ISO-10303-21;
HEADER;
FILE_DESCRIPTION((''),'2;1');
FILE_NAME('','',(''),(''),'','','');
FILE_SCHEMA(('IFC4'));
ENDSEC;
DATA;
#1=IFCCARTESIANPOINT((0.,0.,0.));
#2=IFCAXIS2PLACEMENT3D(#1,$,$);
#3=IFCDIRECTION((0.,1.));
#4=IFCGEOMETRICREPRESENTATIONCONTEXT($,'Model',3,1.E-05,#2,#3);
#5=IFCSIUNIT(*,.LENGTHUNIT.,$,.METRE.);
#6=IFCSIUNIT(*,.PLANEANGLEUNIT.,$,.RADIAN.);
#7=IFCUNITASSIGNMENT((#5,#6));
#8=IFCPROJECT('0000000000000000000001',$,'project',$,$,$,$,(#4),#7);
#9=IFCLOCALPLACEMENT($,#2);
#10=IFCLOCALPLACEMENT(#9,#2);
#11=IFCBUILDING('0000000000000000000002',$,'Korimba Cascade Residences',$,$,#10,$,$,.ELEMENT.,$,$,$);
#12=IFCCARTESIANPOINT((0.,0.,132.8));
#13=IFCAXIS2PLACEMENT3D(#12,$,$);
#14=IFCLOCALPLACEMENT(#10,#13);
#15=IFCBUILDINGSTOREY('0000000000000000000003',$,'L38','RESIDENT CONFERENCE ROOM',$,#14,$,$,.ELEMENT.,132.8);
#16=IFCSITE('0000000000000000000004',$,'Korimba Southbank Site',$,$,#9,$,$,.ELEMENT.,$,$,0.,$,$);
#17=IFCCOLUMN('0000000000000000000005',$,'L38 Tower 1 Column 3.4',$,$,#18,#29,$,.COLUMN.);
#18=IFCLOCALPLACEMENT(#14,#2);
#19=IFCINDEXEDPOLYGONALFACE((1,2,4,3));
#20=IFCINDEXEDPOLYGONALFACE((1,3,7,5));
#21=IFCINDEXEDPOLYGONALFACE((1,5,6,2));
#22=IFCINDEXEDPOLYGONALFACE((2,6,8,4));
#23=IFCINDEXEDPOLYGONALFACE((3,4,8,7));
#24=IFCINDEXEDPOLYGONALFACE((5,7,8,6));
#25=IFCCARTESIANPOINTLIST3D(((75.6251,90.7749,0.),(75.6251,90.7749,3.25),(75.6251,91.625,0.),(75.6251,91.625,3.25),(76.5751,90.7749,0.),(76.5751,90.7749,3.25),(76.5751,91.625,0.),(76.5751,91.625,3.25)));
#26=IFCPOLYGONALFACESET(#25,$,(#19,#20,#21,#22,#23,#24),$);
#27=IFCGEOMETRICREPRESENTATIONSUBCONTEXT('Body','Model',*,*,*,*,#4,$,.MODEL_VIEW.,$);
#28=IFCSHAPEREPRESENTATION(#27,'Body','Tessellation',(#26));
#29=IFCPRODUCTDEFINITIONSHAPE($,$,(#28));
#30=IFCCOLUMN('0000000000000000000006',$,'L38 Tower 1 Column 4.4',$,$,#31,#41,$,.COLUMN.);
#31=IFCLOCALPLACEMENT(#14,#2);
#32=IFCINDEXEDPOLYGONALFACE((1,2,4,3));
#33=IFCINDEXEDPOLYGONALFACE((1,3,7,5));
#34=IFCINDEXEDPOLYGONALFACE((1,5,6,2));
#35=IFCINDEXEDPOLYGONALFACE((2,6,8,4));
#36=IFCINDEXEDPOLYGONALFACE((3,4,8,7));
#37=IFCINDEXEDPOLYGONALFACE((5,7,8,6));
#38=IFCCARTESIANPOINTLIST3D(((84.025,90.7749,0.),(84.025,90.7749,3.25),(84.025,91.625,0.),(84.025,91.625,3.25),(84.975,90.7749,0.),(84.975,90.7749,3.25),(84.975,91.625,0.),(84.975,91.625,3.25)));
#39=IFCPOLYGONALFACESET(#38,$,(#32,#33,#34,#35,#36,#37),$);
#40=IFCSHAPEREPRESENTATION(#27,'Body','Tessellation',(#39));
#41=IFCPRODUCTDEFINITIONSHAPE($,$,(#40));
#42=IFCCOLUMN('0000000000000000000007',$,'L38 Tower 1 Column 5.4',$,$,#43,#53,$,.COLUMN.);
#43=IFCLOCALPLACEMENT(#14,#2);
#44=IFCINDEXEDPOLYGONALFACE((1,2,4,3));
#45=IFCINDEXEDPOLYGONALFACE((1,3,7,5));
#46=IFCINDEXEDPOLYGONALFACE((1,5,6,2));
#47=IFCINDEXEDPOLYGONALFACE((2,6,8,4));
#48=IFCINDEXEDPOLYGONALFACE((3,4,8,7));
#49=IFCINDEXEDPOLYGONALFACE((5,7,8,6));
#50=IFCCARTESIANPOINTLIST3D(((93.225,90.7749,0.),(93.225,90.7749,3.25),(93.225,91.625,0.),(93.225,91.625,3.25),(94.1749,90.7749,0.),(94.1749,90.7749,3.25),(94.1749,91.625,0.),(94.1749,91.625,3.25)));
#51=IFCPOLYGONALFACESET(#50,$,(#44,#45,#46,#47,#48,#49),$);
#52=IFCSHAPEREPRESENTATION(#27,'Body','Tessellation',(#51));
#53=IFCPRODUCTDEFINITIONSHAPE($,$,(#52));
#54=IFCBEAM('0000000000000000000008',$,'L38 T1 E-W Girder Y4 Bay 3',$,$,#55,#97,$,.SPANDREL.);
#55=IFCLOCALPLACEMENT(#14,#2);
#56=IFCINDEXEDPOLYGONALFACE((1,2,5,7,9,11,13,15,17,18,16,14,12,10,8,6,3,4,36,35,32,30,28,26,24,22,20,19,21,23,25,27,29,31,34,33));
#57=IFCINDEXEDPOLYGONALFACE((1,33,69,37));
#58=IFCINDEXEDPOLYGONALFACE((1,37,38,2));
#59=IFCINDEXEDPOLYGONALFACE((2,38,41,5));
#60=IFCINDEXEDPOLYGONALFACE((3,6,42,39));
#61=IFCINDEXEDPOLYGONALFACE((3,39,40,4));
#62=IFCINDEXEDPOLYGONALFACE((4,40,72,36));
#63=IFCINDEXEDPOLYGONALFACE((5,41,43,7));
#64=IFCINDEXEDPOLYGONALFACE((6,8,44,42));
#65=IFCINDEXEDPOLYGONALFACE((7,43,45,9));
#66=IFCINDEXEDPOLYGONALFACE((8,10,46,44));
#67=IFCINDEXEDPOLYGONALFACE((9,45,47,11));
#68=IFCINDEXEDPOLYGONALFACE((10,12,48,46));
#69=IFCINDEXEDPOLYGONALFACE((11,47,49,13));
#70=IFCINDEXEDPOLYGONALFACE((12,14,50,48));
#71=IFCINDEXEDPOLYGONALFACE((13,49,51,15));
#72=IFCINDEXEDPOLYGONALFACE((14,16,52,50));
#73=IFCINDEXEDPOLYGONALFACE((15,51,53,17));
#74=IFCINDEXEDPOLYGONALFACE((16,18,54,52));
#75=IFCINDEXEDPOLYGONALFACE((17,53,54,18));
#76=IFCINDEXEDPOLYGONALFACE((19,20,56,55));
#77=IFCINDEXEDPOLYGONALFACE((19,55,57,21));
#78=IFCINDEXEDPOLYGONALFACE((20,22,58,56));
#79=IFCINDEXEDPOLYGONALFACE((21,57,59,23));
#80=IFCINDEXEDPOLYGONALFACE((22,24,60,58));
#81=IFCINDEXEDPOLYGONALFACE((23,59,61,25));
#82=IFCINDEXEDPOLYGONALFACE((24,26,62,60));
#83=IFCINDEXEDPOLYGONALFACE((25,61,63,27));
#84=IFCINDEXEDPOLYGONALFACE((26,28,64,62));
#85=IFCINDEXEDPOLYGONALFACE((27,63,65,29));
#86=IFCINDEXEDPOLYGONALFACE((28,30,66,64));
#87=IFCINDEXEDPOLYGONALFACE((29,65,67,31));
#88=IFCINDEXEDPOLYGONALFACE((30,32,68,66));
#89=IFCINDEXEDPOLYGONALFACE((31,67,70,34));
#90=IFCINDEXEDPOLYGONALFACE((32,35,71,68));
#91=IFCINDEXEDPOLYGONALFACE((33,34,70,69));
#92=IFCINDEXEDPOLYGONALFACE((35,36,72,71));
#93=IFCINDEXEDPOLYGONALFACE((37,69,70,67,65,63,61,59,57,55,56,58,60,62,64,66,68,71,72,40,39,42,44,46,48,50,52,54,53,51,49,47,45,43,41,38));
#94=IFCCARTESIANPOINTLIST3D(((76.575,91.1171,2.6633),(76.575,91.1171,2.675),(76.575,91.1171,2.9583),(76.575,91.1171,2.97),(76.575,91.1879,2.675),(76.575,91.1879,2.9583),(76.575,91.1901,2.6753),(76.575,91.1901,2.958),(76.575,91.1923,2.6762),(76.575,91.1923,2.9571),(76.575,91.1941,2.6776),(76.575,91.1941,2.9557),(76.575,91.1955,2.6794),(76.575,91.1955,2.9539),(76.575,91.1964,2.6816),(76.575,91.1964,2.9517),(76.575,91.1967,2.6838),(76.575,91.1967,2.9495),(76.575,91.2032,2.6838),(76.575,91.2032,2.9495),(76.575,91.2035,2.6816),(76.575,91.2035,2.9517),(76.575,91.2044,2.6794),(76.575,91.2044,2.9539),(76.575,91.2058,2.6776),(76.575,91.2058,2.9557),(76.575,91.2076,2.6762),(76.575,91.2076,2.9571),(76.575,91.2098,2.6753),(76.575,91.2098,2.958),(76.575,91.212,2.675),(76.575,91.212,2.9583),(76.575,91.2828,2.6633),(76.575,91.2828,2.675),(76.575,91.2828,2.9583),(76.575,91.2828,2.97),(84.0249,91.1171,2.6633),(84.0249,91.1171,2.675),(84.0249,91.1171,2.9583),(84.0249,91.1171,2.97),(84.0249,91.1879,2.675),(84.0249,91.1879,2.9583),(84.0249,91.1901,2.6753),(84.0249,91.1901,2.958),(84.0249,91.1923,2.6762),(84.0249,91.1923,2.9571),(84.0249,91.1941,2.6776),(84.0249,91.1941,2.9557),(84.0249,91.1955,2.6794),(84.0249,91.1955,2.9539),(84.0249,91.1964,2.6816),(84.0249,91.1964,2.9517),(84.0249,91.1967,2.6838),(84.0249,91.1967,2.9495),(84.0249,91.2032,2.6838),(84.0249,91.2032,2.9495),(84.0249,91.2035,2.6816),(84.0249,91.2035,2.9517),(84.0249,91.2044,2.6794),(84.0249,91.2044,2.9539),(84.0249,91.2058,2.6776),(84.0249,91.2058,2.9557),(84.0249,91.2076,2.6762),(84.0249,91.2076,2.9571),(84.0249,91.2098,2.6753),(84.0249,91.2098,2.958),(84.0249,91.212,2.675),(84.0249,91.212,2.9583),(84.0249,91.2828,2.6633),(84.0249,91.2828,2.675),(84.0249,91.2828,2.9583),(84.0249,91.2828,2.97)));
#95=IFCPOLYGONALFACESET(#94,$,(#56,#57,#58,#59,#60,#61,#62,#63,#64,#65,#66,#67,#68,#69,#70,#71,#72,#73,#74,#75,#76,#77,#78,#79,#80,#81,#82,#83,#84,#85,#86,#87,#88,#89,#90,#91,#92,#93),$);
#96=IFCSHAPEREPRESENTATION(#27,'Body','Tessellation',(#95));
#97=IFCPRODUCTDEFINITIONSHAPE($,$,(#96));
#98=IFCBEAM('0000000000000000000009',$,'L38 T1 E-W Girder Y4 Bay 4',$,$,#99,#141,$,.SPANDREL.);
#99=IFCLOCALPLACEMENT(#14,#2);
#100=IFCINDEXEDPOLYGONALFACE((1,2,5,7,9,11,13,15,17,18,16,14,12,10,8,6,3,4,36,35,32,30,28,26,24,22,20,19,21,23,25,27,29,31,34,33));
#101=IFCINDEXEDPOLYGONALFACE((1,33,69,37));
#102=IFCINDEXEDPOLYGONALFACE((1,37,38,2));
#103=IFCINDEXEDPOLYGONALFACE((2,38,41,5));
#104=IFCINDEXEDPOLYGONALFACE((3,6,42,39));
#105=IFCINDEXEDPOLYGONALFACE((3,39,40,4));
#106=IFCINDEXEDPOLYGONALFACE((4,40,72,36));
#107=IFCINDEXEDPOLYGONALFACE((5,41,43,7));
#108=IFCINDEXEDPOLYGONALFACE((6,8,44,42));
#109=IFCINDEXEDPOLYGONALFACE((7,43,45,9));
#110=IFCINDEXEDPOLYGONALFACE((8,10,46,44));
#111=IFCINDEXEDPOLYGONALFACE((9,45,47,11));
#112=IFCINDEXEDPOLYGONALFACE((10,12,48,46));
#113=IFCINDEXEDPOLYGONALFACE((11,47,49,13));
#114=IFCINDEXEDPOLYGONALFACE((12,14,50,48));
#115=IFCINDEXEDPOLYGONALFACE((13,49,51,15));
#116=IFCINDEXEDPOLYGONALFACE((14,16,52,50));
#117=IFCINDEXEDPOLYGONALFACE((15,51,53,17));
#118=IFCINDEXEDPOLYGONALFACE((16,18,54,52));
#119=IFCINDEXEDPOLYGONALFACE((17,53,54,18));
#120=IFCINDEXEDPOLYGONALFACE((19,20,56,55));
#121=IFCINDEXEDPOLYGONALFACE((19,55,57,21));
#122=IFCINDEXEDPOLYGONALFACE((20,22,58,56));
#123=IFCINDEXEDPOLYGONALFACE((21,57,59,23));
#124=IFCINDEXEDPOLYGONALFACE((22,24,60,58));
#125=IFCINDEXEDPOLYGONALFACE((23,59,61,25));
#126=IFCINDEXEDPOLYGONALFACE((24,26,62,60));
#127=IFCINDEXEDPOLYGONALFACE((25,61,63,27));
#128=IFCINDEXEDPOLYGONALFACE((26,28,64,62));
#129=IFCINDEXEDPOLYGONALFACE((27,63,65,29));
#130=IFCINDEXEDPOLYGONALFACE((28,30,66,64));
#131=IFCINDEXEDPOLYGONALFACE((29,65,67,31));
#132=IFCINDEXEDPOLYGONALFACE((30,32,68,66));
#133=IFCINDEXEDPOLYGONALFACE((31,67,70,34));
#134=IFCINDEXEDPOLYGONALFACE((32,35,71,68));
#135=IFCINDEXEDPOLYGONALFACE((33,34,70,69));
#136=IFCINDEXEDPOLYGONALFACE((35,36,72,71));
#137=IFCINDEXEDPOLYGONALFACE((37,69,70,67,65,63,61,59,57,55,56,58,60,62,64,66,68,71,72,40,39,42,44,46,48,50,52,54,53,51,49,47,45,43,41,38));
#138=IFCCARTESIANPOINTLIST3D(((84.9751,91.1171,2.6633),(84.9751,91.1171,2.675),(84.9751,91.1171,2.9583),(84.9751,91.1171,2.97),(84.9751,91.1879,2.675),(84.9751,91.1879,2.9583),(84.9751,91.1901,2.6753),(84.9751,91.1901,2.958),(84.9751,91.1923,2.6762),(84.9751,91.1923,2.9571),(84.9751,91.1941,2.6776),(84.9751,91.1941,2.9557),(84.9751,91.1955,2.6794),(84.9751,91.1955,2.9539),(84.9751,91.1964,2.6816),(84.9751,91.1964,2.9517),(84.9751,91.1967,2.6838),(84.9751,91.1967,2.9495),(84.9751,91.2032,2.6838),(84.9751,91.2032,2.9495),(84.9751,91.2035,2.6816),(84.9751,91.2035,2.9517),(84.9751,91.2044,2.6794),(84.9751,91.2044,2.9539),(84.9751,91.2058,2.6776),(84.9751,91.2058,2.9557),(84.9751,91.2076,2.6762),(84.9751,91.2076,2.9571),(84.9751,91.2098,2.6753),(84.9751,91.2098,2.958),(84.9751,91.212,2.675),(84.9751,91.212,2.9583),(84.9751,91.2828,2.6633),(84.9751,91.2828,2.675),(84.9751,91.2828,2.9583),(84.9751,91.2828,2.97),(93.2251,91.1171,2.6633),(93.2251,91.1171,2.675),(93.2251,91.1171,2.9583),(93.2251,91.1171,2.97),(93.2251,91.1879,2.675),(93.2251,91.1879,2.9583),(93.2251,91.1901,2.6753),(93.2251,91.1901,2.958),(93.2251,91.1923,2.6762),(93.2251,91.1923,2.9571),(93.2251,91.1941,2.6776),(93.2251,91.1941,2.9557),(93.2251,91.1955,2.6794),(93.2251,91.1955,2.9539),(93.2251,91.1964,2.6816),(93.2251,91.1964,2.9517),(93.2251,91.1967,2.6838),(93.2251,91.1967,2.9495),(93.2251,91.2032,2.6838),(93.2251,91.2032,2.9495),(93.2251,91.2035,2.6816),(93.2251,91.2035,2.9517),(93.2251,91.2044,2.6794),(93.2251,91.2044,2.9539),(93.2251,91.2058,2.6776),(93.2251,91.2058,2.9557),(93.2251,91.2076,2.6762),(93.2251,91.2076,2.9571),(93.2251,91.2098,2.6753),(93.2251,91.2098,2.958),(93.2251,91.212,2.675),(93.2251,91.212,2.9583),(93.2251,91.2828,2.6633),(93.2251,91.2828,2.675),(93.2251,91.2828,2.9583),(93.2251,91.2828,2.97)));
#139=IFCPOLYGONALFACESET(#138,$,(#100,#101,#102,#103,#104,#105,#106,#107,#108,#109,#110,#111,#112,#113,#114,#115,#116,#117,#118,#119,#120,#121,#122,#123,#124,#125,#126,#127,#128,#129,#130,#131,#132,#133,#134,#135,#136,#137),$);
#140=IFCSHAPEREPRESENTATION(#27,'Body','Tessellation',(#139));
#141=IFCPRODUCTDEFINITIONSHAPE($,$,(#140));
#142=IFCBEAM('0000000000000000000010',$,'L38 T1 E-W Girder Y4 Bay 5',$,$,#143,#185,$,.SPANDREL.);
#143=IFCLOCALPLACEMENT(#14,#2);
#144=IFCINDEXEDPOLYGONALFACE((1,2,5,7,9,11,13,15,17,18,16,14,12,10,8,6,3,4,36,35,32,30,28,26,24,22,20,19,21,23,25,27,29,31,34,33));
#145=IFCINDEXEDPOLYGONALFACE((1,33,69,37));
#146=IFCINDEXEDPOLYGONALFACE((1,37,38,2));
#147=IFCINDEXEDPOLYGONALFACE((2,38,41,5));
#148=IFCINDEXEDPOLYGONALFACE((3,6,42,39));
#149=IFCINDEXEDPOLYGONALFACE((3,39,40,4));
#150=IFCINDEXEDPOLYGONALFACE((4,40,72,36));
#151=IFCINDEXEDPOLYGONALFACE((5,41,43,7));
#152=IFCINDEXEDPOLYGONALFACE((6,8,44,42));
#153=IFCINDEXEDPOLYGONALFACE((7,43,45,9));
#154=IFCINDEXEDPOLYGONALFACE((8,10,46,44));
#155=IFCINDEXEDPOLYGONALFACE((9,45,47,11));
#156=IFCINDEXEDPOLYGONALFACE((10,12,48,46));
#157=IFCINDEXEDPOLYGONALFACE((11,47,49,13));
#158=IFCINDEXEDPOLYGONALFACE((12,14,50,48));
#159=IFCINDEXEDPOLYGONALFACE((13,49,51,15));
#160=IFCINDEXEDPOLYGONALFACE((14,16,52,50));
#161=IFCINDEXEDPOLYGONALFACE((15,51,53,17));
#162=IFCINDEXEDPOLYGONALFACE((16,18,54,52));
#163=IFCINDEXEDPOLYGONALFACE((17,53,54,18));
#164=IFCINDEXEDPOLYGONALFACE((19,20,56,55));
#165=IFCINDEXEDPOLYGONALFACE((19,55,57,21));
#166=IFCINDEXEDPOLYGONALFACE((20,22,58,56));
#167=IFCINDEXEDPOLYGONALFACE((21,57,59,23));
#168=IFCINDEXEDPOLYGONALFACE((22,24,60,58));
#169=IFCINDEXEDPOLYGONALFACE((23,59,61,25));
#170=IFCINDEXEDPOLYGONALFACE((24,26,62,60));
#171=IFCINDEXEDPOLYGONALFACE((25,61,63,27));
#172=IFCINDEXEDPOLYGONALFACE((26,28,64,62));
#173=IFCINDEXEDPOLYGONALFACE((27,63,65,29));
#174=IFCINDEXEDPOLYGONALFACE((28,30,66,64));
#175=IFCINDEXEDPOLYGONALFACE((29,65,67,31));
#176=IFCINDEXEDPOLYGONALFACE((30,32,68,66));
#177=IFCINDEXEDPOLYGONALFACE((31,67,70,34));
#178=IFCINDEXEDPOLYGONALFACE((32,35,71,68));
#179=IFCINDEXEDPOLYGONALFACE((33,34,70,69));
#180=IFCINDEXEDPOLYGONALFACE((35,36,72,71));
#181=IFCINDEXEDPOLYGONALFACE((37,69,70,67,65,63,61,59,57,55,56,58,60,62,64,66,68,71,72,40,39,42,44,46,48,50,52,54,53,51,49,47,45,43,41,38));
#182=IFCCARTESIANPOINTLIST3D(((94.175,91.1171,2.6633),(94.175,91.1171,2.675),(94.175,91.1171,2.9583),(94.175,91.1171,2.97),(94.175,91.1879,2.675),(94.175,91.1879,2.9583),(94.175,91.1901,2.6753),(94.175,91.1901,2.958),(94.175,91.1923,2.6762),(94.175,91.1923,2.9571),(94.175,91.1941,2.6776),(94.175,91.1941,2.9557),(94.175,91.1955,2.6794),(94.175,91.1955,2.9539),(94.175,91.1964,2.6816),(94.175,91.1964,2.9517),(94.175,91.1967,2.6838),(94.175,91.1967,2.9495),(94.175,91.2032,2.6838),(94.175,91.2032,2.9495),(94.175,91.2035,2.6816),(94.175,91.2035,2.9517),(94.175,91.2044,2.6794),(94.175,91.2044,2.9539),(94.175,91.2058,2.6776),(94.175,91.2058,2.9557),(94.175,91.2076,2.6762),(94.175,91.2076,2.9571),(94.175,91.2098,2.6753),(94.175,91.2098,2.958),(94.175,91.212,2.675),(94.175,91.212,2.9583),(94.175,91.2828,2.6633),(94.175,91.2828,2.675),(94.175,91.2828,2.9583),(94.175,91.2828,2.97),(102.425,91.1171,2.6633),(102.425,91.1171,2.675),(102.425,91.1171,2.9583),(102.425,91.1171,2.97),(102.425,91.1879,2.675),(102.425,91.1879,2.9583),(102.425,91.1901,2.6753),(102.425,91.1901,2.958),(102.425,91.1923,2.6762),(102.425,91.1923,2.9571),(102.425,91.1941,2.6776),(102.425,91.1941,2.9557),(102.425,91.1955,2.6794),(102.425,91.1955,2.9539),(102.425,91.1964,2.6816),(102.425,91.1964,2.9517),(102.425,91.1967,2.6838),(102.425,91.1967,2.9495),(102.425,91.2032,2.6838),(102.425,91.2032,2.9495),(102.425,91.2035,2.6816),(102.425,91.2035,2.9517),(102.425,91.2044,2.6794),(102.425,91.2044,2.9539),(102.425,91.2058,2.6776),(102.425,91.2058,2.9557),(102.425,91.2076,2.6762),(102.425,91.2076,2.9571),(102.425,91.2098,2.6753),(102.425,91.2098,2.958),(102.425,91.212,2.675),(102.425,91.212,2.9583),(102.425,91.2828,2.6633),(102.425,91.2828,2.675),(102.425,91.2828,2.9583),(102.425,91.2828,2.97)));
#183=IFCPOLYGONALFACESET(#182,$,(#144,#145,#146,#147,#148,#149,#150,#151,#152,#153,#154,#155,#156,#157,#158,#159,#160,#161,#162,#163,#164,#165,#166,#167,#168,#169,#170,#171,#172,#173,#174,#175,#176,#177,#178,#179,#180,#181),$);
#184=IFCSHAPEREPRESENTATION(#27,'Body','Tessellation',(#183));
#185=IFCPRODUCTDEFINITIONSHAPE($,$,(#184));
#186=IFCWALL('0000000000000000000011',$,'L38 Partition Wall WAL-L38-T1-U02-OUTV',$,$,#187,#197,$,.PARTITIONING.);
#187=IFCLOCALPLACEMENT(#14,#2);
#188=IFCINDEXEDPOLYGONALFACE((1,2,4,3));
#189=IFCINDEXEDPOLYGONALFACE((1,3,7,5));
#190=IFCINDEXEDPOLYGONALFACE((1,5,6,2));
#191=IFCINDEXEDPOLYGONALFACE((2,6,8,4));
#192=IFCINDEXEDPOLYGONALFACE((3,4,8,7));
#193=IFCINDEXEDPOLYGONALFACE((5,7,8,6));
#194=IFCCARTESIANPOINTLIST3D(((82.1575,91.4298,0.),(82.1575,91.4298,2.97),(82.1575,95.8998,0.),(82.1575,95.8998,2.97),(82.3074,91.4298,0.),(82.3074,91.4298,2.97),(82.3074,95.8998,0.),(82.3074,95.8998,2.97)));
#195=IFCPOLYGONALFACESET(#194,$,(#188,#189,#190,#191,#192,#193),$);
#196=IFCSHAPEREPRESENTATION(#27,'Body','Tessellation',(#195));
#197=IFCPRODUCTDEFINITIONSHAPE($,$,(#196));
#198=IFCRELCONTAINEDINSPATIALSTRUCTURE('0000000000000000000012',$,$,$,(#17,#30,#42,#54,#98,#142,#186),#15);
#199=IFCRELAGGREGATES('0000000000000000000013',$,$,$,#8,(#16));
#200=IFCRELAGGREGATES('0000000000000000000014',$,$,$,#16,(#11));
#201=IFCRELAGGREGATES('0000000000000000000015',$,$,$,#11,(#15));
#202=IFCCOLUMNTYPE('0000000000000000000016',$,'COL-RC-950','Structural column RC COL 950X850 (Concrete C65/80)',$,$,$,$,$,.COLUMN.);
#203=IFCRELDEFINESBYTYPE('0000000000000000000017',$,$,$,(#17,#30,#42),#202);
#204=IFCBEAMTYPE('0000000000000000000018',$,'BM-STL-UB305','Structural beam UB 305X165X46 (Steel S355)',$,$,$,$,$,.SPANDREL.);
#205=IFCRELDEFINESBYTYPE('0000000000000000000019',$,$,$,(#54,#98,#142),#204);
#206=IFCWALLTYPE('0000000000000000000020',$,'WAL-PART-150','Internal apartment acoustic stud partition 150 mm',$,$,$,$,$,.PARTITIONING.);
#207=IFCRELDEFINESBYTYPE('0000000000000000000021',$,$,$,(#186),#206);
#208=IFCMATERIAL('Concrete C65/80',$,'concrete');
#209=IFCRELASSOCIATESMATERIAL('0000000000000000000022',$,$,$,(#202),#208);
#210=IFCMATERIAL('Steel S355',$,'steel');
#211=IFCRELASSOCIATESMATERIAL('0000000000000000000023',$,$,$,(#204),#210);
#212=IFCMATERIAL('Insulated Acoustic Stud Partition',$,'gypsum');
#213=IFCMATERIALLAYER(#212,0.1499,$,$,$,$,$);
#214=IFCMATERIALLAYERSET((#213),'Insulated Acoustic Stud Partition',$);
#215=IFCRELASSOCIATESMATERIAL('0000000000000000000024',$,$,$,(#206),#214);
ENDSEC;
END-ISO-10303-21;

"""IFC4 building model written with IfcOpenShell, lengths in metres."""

from ifc_helpers import new_model, si_unit, direction, frame, frame_2d, origin, origin_2d, place, context, subcontext, project, spatial, rectangle, i_section, extrude, material, layer, layer_set, material_profile, profile_set, type_object, element, save


model = new_model("IFC4")

# Units and contexts
model_context = context("Model", 3, precision=1e-05, world=origin(), true_north=direction((0.0, 1.0)))
body_context = subcontext(model_context, "Body", "Model", "MODEL_VIEW")
ifc_project = project(units=[si_unit("LENGTHUNIT", "METRE"), si_unit("PLANEANGLEUNIT", "RADIAN")], contexts=[model_context])

# Site, building, storey
site_placement = place(None, origin())
site = spatial("IfcSite", under=ifc_project, at=site_placement, Name="Korimba Southbank Site", CompositionType="ELEMENT", RefElevation=0.0)
building_placement = place(site_placement, origin())
building = spatial("IfcBuilding", under=site, at=building_placement, Name="Korimba Cascade Residences", CompositionType="ELEMENT")
storey_placement = place(building_placement, frame((0.0, 0.0, 132.8)))
storey = spatial("IfcBuildingStorey", under=building, at=storey_placement, Name="L38", Description="RESIDENT CONFERENCE ROOM", CompositionType="ELEMENT", Elevation=132.8)

# Columns
ifc_material_1 = material(Name="Concrete C65/80", Category="concrete")
ifc_material_profile_1 = material_profile(ifc_material_1, rectangle(XDim=0.95, YDim=0.8501, at=origin_2d()), Name="Concrete C65/80")
ifc_profile_set_1 = profile_set([ifc_material_profile_1], Name="Concrete C65/80")
column_type = type_object("IfcColumnType", Name="COL-RC-950", Description="Structural column RC COL 950X850 (Concrete C65/80)", PredefinedType="COLUMN", material=ifc_profile_set_1)
for number, where, z_axis, x_axis, name in (
    (1, (76.1001, 91.2, 0.0), (0.0, 0.0, 1.0), (1.0, 0.0, 0.0), "L38 Tower 1 Column 3.4"),
    (2, (84.5, 91.2, 0.0), (0.0, 0.0, 1.0), (1.0, 0.0, 0.0), "L38 Tower 1 Column 4.4"),
    (3, (93.7, 91.2, 0.0), (0.0, 0.0, 1.0), (1.0, 0.0, 0.0), "L38 Tower 1 Column 5.4"),
):
    element("IfcColumn", number, at=place(storey_placement, frame(where, z_axis=z_axis, x_axis=x_axis)), inside=storey, type_object=column_type, Name=name, PredefinedType="COLUMN", context=body_context, shape_type="SweptSolid", body=[
        extrude(rectangle(XDim=0.95, YDim=0.8501, at=origin_2d()), origin(), (0.0, 0.0, 1.0), 3.25),
    ])

# Beams
ifc_material_2 = material(Name="Steel S355", Category="steel")
ifc_material_profile_2 = material_profile(ifc_material_2, i_section(OverallWidth=0.1658, OverallDepth=0.3066, WebThickness=0.0066, FlangeThickness=0.0117, FilletRadius=0.0088, at=origin_2d()), Name="Steel S355")
ifc_profile_set_2 = profile_set([ifc_material_profile_2], Name="Steel S355")
beam_type = type_object("IfcBeamType", Name="BM-STL-UB305", Description="Structural beam UB 305X165X46 (Steel S355)", PredefinedType="SPANDREL", material=ifc_profile_set_2)
beam_placement = place(storey_placement, frame((76.575, 91.2, 2.8167), z_axis=(1.0, 0.0, 0.0), x_axis=(0.0, 1.0, 0.0)))
element("IfcBeam", 4, at=beam_placement, inside=storey, type_object=beam_type, Name="L38 T1 E-W Girder Y4 Bay 3", PredefinedType="SPANDREL", context=body_context, shape_type="SweptSolid", body=[
    extrude(i_section(OverallWidth=0.1658, OverallDepth=0.3066, WebThickness=0.0066, FlangeThickness=0.0117, FilletRadius=0.0088, at=origin_2d()), origin(), (0.0, 0.0, 1.0), 7.45),
])
for number, where, z_axis, x_axis, name in (
    (5, (84.9751, 91.2, 2.8167), (1.0, 0.0, 0.0), (0.0, 1.0, 0.0), "L38 T1 E-W Girder Y4 Bay 4"),
    (6, (94.175, 91.2, 2.8167), (1.0, 0.0, 0.0), (0.0, 1.0, 0.0), "L38 T1 E-W Girder Y4 Bay 5"),
):
    element("IfcBeam", number, at=place(storey_placement, frame(where, z_axis=z_axis, x_axis=x_axis)), inside=storey, type_object=beam_type, Name=name, PredefinedType="SPANDREL", context=body_context, shape_type="SweptSolid", body=[
        extrude(i_section(OverallWidth=0.1658, OverallDepth=0.3066, WebThickness=0.0066, FlangeThickness=0.0117, FilletRadius=0.0088, at=origin_2d()), origin(), (0.0, 0.0, 1.0), 8.25),
    ])

# Wall
ifc_material_3 = material(Name="Insulated Acoustic Stud Partition", Category="gypsum")
ifc_layer = layer(ifc_material_3, 0.1499)
ifc_layer_set = layer_set([ifc_layer], Name="Insulated Acoustic Stud Partition")
wall_type = type_object("IfcWallType", Name="WAL-PART-150", Description="Internal apartment acoustic stud partition 150 mm", PredefinedType="PARTITIONING", material=ifc_layer_set)
wall_1_placement = place(storey_placement, frame((82.2324, 91.4299, 0.0), z_axis=(0.0, 0.0, 1.0), x_axis=(0.0, 1.0, 0.0)))
element("IfcWall", 7, at=wall_1_placement, inside=storey, type_object=wall_type, Name="L38 Partition Wall WAL-L38-T1-U02-OUTV", PredefinedType="PARTITIONING", context=body_context, shape_type="SweptSolid", body=[
    extrude(rectangle(XDim=4.47, YDim=0.1499, at=frame_2d((2.2349, 0.0))), origin(), (0.0, 0.0, 1.0), 2.97),
])

save(model, "model.ifc")
